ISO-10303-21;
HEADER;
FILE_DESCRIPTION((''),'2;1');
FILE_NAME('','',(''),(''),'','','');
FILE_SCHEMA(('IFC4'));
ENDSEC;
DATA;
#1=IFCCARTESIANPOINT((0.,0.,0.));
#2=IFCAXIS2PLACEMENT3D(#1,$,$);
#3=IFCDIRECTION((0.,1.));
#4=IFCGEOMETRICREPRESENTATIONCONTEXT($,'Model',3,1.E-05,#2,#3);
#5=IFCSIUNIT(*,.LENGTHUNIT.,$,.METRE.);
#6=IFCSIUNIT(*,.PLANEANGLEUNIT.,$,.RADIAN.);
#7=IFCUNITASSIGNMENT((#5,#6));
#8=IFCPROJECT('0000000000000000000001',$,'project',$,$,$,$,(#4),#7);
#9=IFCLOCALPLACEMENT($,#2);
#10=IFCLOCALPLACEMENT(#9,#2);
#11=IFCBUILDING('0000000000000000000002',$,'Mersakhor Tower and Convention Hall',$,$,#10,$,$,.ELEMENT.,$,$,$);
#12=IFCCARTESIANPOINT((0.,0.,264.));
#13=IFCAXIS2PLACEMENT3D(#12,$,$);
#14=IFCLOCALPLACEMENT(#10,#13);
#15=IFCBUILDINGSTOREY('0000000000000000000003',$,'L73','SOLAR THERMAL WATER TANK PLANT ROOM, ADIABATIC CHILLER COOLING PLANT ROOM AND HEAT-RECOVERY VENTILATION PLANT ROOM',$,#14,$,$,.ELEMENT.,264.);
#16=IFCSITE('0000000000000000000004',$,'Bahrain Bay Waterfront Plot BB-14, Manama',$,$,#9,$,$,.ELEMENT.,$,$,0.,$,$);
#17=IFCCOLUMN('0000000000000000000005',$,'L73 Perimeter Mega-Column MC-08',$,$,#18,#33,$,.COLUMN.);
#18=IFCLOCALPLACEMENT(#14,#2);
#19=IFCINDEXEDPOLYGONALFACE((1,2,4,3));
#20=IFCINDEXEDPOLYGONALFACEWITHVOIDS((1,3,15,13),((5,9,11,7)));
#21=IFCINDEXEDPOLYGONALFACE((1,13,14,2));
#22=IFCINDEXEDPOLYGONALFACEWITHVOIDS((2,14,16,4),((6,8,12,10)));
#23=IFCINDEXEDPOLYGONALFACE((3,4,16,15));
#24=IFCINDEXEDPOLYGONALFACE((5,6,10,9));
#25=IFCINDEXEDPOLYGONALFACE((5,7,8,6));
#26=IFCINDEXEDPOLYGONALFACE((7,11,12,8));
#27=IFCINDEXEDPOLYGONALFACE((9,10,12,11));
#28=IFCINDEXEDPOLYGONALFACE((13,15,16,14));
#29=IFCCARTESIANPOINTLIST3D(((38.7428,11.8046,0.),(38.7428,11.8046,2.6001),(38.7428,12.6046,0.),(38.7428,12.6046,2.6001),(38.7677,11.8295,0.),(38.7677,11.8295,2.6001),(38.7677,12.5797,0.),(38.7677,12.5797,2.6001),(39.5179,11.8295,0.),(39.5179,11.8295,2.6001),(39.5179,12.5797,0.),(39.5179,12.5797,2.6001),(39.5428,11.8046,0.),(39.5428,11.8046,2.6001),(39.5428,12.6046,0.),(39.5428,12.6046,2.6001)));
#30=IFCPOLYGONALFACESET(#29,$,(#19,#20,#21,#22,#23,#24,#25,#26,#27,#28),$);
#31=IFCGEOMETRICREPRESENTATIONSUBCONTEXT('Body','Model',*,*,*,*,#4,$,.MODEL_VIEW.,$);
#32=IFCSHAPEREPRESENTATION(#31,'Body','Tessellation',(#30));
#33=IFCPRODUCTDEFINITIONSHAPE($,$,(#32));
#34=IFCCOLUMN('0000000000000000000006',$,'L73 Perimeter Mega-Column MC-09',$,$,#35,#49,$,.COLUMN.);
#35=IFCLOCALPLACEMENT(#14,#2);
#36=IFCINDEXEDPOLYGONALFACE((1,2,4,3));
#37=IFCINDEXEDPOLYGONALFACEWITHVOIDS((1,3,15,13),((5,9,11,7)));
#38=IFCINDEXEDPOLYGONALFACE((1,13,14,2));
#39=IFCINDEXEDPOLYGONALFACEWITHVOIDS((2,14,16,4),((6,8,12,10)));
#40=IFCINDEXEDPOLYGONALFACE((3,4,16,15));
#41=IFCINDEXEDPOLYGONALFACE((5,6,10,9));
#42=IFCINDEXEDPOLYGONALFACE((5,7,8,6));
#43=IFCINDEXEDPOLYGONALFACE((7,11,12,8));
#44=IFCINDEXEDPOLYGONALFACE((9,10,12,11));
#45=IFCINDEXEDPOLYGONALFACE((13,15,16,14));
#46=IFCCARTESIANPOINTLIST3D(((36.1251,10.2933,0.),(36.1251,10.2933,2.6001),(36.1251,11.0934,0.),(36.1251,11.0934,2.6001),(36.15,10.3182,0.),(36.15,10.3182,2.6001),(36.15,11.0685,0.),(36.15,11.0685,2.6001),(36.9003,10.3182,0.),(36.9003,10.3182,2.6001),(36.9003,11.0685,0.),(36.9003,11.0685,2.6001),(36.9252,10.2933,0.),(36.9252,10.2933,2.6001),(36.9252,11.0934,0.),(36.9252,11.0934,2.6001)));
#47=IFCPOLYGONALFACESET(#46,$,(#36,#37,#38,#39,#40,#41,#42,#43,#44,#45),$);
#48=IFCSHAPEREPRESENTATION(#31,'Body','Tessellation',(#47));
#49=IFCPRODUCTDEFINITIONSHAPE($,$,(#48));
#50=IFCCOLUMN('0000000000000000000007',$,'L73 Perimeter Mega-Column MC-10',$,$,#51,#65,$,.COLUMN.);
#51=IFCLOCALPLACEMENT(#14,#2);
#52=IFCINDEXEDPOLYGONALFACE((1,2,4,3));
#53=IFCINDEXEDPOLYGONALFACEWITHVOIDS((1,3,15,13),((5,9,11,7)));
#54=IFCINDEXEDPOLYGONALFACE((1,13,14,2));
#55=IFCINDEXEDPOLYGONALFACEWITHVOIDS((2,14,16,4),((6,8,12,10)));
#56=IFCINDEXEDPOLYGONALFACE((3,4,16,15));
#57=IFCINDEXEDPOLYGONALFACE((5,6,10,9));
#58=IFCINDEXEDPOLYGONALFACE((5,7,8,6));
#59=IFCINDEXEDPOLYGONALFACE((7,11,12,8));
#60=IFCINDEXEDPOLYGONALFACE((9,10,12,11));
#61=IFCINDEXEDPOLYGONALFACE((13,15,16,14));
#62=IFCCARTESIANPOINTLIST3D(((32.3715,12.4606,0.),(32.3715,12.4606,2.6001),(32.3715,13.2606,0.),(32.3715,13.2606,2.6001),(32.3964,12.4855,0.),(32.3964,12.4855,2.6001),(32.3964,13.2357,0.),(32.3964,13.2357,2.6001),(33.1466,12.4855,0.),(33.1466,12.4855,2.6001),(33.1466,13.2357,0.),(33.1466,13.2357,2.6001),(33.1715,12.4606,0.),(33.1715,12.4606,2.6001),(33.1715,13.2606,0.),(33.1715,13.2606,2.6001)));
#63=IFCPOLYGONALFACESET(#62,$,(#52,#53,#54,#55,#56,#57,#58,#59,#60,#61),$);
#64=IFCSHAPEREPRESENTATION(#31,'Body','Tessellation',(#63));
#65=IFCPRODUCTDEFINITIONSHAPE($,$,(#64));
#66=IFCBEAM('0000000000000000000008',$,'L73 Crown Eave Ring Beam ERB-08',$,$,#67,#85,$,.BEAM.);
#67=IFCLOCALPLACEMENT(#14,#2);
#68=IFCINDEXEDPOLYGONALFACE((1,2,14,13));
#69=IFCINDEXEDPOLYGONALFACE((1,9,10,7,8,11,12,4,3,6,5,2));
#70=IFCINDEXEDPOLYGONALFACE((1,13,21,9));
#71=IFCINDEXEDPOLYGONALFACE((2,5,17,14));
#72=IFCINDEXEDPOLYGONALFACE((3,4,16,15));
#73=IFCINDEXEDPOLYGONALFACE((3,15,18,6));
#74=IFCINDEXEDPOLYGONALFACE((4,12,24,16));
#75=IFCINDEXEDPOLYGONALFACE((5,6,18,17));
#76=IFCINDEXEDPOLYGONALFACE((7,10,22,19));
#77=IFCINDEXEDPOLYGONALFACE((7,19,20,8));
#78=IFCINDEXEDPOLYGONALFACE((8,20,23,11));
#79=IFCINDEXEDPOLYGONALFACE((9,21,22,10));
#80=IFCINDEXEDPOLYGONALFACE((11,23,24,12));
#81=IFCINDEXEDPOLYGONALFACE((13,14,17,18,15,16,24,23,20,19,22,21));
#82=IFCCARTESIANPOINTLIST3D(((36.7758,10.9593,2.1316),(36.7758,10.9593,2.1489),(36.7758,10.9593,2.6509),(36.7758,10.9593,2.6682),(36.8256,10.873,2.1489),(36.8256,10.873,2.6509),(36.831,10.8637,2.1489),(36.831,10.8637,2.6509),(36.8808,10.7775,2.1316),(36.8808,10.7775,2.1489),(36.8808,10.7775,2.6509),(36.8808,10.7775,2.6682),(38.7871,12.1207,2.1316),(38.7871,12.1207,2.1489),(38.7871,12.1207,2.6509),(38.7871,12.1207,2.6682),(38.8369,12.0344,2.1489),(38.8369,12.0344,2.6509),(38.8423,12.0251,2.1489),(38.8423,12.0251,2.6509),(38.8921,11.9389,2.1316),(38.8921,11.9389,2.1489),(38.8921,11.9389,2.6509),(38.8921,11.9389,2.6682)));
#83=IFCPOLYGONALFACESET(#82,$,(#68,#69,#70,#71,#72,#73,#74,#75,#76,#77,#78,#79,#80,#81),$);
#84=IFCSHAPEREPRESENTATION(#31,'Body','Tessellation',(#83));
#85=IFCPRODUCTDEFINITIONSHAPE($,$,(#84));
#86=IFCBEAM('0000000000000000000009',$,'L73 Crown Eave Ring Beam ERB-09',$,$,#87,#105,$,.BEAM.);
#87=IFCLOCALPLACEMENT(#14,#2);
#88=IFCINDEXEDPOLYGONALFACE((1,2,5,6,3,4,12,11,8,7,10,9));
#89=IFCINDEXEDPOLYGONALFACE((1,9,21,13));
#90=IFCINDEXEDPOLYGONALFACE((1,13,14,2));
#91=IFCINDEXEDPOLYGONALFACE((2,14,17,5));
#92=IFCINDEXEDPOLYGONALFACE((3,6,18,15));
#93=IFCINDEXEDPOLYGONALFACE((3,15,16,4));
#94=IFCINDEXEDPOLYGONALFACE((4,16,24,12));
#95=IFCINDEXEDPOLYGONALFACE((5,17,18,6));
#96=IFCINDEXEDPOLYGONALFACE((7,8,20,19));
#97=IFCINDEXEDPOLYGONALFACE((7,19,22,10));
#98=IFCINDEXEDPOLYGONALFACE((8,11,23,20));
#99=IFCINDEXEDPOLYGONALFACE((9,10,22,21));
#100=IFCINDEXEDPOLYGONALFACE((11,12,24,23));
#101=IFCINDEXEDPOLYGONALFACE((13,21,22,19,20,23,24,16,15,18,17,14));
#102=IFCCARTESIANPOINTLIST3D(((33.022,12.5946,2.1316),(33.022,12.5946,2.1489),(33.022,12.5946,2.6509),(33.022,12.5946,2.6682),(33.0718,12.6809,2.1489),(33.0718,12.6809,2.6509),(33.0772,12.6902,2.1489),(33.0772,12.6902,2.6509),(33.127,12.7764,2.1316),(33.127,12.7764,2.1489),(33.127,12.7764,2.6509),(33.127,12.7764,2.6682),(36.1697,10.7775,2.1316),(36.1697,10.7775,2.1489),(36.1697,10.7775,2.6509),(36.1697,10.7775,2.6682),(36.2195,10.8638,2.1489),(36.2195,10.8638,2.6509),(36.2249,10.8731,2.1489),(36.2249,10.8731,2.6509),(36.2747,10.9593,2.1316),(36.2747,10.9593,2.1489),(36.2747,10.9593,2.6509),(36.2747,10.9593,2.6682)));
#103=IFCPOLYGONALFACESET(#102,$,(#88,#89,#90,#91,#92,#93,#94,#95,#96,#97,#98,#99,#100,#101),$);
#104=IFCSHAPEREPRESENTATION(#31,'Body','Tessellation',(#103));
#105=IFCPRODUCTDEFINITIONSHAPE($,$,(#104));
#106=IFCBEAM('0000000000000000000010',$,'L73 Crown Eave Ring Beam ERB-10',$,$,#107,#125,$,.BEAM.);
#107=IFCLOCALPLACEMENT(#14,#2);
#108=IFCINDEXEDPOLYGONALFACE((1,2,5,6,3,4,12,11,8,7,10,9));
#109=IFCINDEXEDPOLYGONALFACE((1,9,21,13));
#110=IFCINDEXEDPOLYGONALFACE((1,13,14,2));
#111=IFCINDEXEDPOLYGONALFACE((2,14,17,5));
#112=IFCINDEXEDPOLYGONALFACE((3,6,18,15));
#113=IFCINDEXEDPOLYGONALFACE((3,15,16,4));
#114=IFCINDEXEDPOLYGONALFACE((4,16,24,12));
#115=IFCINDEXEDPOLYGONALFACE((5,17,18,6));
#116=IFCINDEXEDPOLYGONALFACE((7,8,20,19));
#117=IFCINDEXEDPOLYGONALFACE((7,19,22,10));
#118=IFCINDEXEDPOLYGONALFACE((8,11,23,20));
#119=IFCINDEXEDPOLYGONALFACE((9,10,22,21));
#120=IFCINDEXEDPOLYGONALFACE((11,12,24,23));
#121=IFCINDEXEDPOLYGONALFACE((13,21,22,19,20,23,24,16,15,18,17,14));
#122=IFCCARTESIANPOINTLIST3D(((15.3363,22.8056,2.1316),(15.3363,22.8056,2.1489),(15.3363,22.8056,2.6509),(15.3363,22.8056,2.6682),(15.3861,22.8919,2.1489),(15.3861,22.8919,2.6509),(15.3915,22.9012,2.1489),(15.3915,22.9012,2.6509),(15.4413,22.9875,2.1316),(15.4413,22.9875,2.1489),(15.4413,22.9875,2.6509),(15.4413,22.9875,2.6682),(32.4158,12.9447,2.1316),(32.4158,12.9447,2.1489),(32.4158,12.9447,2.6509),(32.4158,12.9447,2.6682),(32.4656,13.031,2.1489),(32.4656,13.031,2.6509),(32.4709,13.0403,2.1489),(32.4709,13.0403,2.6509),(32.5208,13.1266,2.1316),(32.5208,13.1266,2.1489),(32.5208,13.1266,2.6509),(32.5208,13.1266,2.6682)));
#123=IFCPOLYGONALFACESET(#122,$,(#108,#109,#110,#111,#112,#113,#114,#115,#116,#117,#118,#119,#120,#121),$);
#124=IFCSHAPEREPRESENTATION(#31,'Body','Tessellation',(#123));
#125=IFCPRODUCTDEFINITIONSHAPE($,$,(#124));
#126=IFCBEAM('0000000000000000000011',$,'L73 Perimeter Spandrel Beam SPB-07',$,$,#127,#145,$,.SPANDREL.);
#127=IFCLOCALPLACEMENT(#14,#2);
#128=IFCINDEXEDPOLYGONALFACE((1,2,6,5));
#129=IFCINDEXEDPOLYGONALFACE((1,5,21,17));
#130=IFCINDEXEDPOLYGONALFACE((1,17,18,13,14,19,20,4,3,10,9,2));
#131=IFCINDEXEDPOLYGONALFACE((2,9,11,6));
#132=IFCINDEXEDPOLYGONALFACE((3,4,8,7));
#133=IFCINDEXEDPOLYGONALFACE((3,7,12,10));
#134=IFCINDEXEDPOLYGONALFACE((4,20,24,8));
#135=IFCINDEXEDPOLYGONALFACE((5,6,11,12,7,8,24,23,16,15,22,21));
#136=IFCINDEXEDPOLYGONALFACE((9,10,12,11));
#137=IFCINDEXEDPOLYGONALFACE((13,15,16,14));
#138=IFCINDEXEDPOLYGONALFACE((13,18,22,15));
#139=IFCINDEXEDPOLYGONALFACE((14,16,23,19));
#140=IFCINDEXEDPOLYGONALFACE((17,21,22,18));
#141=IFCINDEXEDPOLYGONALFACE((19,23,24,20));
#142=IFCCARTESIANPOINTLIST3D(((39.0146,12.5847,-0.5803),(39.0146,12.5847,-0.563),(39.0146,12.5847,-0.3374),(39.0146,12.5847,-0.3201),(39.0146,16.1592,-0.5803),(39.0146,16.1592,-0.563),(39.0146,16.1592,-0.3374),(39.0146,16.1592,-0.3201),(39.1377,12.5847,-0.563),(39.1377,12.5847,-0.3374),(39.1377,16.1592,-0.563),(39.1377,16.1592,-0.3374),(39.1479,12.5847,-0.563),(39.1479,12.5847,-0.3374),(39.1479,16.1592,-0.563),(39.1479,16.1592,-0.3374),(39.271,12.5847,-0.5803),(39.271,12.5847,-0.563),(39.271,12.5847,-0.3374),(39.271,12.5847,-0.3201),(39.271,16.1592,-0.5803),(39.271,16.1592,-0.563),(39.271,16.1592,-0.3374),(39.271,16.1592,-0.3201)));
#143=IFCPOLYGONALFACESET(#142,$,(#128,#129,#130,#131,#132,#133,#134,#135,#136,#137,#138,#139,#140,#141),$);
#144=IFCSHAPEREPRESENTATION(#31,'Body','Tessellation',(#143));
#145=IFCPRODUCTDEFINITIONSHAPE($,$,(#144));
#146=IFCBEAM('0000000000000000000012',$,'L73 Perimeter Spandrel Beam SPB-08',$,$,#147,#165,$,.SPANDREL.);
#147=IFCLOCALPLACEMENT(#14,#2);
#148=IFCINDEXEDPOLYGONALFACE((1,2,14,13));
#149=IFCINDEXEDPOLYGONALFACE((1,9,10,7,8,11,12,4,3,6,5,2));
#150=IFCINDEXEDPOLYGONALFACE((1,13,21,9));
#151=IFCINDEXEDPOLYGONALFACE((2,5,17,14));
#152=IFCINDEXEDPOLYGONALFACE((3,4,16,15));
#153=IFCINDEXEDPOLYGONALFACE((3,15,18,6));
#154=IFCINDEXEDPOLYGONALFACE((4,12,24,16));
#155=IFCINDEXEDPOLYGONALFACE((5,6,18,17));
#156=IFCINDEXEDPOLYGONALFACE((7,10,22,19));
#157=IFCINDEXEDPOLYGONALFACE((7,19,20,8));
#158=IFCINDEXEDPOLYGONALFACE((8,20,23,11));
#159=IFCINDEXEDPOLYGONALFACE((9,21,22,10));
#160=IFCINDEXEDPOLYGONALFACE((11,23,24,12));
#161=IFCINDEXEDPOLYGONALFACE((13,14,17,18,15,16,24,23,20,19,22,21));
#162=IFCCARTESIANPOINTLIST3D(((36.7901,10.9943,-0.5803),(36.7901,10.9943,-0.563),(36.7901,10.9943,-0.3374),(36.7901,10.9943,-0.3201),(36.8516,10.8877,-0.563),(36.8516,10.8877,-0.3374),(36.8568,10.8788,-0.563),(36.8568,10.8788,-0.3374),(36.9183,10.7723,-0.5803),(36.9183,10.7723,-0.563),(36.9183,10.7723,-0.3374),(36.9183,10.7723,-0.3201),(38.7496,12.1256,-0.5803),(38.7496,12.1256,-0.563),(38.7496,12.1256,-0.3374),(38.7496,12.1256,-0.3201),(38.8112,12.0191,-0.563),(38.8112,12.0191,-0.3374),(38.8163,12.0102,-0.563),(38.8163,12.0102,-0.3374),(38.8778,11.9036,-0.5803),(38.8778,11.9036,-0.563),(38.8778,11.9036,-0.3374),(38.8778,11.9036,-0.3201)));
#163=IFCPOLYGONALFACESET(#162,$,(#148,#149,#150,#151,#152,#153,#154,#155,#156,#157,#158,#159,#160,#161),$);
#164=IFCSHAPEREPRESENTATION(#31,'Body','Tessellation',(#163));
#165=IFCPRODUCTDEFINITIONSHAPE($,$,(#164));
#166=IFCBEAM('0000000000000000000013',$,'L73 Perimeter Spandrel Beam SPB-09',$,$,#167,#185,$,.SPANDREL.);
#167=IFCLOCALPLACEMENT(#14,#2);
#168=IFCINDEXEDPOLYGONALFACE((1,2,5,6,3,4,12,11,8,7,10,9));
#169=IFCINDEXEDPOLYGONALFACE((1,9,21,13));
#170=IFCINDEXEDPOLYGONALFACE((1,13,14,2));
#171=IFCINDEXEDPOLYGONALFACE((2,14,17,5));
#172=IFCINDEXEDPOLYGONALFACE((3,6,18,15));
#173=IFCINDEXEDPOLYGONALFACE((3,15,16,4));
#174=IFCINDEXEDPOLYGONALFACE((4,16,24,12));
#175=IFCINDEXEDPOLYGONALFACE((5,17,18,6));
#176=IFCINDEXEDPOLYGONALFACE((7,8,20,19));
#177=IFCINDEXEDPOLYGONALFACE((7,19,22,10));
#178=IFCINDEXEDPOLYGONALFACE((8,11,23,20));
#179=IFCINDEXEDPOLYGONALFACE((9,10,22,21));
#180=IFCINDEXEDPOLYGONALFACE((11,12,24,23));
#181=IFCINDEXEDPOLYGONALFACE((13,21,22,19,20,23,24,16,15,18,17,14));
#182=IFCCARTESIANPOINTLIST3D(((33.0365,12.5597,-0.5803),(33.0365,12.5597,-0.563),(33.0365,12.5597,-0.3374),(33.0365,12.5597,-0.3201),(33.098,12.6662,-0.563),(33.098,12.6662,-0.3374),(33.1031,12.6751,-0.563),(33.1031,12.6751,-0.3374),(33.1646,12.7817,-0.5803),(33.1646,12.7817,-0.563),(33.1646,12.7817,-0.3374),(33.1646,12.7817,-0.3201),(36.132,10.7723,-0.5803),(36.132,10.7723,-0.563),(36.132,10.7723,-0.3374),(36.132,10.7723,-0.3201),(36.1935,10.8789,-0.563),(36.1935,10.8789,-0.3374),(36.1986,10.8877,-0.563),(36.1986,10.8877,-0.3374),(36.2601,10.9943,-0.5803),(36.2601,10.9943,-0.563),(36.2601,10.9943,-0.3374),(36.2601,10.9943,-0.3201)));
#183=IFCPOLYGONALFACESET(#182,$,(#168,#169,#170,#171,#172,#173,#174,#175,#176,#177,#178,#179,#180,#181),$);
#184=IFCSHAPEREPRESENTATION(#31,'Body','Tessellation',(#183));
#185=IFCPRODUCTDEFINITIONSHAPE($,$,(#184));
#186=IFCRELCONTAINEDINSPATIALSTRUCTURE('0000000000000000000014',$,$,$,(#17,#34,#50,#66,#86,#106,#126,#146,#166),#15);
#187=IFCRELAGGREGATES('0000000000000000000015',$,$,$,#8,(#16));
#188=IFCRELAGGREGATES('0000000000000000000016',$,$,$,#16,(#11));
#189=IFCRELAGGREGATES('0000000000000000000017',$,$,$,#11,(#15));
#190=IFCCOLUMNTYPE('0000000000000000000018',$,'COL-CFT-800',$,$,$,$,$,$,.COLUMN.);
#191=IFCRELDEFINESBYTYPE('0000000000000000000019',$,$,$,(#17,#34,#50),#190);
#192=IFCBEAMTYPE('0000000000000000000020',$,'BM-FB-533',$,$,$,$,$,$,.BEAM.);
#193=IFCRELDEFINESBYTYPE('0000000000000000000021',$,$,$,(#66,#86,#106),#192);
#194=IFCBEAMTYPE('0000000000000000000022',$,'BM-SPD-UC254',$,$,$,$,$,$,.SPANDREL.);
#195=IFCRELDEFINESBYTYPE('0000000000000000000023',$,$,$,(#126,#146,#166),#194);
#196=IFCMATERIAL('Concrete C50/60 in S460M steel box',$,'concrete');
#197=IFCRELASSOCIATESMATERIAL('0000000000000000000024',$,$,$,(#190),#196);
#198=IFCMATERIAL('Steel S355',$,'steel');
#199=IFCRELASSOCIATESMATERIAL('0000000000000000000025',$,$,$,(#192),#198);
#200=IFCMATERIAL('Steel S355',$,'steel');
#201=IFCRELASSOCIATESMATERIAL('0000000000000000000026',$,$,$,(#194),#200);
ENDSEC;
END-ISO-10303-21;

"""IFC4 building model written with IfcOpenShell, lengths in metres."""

from ifc_helpers import new_model, si_unit, direction, frame, origin, origin_2d, place, context, subcontext, project, spatial, hollow_rectangle, i_section, extrude, material, material_profile, profile_set, type_object, element, save


model = new_model("IFC4")

# Units and contexts
model_context = context("Model", 3, precision=1e-05, world=origin(), true_north=direction((0.0, 1.0)))
body_context = subcontext(model_context, "Body", "Model", "MODEL_VIEW")
ifc_project = project(units=[si_unit("LENGTHUNIT", "METRE"), si_unit("PLANEANGLEUNIT", "RADIAN")], contexts=[model_context])

# Site, building, storey
site_placement = place(None, origin())
site = spatial("IfcSite", under=ifc_project, at=site_placement, Name="Bahrain Bay Waterfront Plot BB-14, Manama", CompositionType="ELEMENT", RefElevation=0.0)
building_placement = place(site_placement, origin())
building = spatial("IfcBuilding", under=site, at=building_placement, Name="Mersakhor Tower and Convention Hall", CompositionType="ELEMENT")
storey_placement = place(building_placement, frame((0.0, 0.0, 264.0)))
storey = spatial("IfcBuildingStorey", under=building, at=storey_placement, Name="L73", Description="SOLAR THERMAL WATER TANK PLANT ROOM, ADIABATIC CHILLER COOLING PLANT ROOM AND HEAT-RECOVERY VENTILATION PLANT ROOM", CompositionType="ELEMENT", Elevation=264.0)

# Columns
ifc_material_1 = material(Name="Concrete C50/60 in S460M steel box", Category="concrete")
ifc_material_profile_1 = material_profile(ifc_material_1, hollow_rectangle(XDim=0.8, YDim=0.8, WallThickness=0.0249, at=origin_2d()), Name="SHS 800x800x25")
ifc_profile_set_1 = profile_set([ifc_material_profile_1], Name="Concrete C50/60 in S460M steel box")
column_type = type_object("IfcColumnType", Name="COL-CFT-800", PredefinedType="COLUMN", material=ifc_profile_set_1)
for number, where, z_axis, x_axis, name in (
    (1, (39.1428, 12.2046, 0.0), (0.0, 0.0, 1.0), (1.0, 0.0, 0.0), "L73 Perimeter Mega-Column MC-08"),
    (2, (36.5251, 10.6934, 0.0), (0.0, 0.0, 1.0), (1.0, 0.0, 0.0), "L73 Perimeter Mega-Column MC-09"),
    (3, (32.7715, 12.8606, 0.0), (0.0, 0.0, 1.0), (1.0, 0.0, 0.0), "L73 Perimeter Mega-Column MC-10"),
):
    element("IfcColumn", number, at=place(storey_placement, frame(where, z_axis=z_axis, x_axis=x_axis)), inside=storey, type_object=column_type, Name=name, PredefinedType="COLUMN", context=body_context, shape_type="SweptSolid", body=[
        extrude(hollow_rectangle(XDim=0.8, YDim=0.8, WallThickness=0.0249, at=origin_2d()), origin(), (0.0, 0.0, 1.0), 2.6001),
    ])

# Beams
ifc_material_2 = material(Name="Steel S355", Category="steel")
ifc_material_profile_2 = material_profile(ifc_material_2, i_section(OverallWidth=0.21, OverallDepth=0.5366, WebThickness=0.0107, FlangeThickness=0.0173, at=origin_2d()), Name="UB 533x210x101")
ifc_profile_set_2 = profile_set([ifc_material_profile_2], Name="Steel S355")
beam_type_1 = type_object("IfcBeamType", Name="BM-FB-533", PredefinedType="BEAM", material=ifc_profile_set_2)
beam_1_placement = place(storey_placement, frame((38.8396, 12.0298, 2.3999), z_axis=(-0.86599, -0.500062, 0.0), x_axis=(0.500062, -0.86599, 0.0)))
element("IfcBeam", 4, at=beam_1_placement, inside=storey, type_object=beam_type_1, Name="L73 Crown Eave Ring Beam ERB-08", PredefinedType="BEAM", context=body_context, shape_type="SweptSolid", body=[
    extrude(i_section(OverallWidth=0.21, OverallDepth=0.5366, WebThickness=0.0107, FlangeThickness=0.0173, at=origin_2d()), origin(), (0.0, 0.0, 1.0), 2.3225),
])
beam_2_placement = place(storey_placement, frame((36.2222, 10.8684, 2.3999), z_axis=(-0.866048, 0.499961, 0.0), x_axis=(-0.499961, -0.866048, 0.0)))
element("IfcBeam", 5, at=beam_2_placement, inside=storey, type_object=beam_type_1, Name="L73 Crown Eave Ring Beam ERB-09", PredefinedType="BEAM", context=body_context, shape_type="SweptSolid", body=[
    extrude(i_section(OverallWidth=0.21, OverallDepth=0.5366, WebThickness=0.0107, FlangeThickness=0.0173, at=origin_2d()), origin(), (0.0, 0.0, 1.0), 3.6345),
])
beam_3_placement = place(storey_placement, frame((32.4683, 13.0356, 2.3999), z_axis=(-0.866024, 0.500003, 0.0), x_axis=(-0.500003, -0.866024, 0.0)))
element("IfcBeam", 6, at=beam_3_placement, inside=storey, type_object=beam_type_1, Name="L73 Crown Eave Ring Beam ERB-10", PredefinedType="BEAM", context=body_context, shape_type="SweptSolid", body=[
    extrude(i_section(OverallWidth=0.21, OverallDepth=0.5366, WebThickness=0.0107, FlangeThickness=0.0173, at=origin_2d()), origin(), (0.0, 0.0, 1.0), 19.7217),
])
ifc_material_3 = material(Name="Steel S355", Category="steel")
ifc_material_profile_3 = material_profile(ifc_material_3, i_section(OverallWidth=0.2563, OverallDepth=0.2603, WebThickness=0.0103, FlangeThickness=0.0173, at=origin_2d()), Name="UC 254x254x89")
ifc_profile_set_3 = profile_set([ifc_material_profile_3], Name="Steel S355")
beam_type_2 = type_object("IfcBeamType", Name="BM-SPD-UC254", PredefinedType="SPANDREL", material=ifc_profile_set_3)
beam_4_placement = place(storey_placement, frame((39.1428, 16.1592, -0.4502), z_axis=(0.0, -1.0, 0.0), x_axis=(1.0, 0.0, 0.0)))
element("IfcBeam", 7, at=beam_4_placement, inside=storey, type_object=beam_type_2, Name="L73 Perimeter Spandrel Beam SPB-07", PredefinedType="SPANDREL", context=body_context, shape_type="SweptSolid", body=[
    extrude(i_section(OverallWidth=0.2563, OverallDepth=0.2603, WebThickness=0.0103, FlangeThickness=0.0173, at=origin_2d()), origin(), (0.0, 0.0, 1.0), 3.5745),
])
beam_5_placement = place(storey_placement, frame((38.8137, 12.0146, -0.4502), z_axis=(-0.866017, -0.500015, 0.0), x_axis=(0.500015, -0.866017, 0.0)))
element("IfcBeam", 8, at=beam_5_placement, inside=storey, type_object=beam_type_2, Name="L73 Perimeter Spandrel Beam SPB-08", PredefinedType="SPANDREL", context=body_context, shape_type="SweptSolid", body=[
    extrude(i_section(OverallWidth=0.2563, OverallDepth=0.2603, WebThickness=0.0103, FlangeThickness=0.0173, at=origin_2d()), origin(), (0.0, 0.0, 1.0), 2.2627),
])
beam_6_placement = place(storey_placement, frame((36.196, 10.8833, -0.4502), z_axis=(-0.866002, 0.50004, 0.0), x_axis=(-0.50004, -0.866002, 0.0)))
element("IfcBeam", 9, at=beam_6_placement, inside=storey, type_object=beam_type_2, Name="L73 Perimeter Spandrel Beam SPB-09", PredefinedType="SPANDREL", context=body_context, shape_type="SweptSolid", body=[
    extrude(i_section(OverallWidth=0.2563, OverallDepth=0.2603, WebThickness=0.0103, FlangeThickness=0.0173, at=origin_2d()), origin(), (0.0, 0.0, 1.0), 3.5745),
])

save(model, "model.ifc")
